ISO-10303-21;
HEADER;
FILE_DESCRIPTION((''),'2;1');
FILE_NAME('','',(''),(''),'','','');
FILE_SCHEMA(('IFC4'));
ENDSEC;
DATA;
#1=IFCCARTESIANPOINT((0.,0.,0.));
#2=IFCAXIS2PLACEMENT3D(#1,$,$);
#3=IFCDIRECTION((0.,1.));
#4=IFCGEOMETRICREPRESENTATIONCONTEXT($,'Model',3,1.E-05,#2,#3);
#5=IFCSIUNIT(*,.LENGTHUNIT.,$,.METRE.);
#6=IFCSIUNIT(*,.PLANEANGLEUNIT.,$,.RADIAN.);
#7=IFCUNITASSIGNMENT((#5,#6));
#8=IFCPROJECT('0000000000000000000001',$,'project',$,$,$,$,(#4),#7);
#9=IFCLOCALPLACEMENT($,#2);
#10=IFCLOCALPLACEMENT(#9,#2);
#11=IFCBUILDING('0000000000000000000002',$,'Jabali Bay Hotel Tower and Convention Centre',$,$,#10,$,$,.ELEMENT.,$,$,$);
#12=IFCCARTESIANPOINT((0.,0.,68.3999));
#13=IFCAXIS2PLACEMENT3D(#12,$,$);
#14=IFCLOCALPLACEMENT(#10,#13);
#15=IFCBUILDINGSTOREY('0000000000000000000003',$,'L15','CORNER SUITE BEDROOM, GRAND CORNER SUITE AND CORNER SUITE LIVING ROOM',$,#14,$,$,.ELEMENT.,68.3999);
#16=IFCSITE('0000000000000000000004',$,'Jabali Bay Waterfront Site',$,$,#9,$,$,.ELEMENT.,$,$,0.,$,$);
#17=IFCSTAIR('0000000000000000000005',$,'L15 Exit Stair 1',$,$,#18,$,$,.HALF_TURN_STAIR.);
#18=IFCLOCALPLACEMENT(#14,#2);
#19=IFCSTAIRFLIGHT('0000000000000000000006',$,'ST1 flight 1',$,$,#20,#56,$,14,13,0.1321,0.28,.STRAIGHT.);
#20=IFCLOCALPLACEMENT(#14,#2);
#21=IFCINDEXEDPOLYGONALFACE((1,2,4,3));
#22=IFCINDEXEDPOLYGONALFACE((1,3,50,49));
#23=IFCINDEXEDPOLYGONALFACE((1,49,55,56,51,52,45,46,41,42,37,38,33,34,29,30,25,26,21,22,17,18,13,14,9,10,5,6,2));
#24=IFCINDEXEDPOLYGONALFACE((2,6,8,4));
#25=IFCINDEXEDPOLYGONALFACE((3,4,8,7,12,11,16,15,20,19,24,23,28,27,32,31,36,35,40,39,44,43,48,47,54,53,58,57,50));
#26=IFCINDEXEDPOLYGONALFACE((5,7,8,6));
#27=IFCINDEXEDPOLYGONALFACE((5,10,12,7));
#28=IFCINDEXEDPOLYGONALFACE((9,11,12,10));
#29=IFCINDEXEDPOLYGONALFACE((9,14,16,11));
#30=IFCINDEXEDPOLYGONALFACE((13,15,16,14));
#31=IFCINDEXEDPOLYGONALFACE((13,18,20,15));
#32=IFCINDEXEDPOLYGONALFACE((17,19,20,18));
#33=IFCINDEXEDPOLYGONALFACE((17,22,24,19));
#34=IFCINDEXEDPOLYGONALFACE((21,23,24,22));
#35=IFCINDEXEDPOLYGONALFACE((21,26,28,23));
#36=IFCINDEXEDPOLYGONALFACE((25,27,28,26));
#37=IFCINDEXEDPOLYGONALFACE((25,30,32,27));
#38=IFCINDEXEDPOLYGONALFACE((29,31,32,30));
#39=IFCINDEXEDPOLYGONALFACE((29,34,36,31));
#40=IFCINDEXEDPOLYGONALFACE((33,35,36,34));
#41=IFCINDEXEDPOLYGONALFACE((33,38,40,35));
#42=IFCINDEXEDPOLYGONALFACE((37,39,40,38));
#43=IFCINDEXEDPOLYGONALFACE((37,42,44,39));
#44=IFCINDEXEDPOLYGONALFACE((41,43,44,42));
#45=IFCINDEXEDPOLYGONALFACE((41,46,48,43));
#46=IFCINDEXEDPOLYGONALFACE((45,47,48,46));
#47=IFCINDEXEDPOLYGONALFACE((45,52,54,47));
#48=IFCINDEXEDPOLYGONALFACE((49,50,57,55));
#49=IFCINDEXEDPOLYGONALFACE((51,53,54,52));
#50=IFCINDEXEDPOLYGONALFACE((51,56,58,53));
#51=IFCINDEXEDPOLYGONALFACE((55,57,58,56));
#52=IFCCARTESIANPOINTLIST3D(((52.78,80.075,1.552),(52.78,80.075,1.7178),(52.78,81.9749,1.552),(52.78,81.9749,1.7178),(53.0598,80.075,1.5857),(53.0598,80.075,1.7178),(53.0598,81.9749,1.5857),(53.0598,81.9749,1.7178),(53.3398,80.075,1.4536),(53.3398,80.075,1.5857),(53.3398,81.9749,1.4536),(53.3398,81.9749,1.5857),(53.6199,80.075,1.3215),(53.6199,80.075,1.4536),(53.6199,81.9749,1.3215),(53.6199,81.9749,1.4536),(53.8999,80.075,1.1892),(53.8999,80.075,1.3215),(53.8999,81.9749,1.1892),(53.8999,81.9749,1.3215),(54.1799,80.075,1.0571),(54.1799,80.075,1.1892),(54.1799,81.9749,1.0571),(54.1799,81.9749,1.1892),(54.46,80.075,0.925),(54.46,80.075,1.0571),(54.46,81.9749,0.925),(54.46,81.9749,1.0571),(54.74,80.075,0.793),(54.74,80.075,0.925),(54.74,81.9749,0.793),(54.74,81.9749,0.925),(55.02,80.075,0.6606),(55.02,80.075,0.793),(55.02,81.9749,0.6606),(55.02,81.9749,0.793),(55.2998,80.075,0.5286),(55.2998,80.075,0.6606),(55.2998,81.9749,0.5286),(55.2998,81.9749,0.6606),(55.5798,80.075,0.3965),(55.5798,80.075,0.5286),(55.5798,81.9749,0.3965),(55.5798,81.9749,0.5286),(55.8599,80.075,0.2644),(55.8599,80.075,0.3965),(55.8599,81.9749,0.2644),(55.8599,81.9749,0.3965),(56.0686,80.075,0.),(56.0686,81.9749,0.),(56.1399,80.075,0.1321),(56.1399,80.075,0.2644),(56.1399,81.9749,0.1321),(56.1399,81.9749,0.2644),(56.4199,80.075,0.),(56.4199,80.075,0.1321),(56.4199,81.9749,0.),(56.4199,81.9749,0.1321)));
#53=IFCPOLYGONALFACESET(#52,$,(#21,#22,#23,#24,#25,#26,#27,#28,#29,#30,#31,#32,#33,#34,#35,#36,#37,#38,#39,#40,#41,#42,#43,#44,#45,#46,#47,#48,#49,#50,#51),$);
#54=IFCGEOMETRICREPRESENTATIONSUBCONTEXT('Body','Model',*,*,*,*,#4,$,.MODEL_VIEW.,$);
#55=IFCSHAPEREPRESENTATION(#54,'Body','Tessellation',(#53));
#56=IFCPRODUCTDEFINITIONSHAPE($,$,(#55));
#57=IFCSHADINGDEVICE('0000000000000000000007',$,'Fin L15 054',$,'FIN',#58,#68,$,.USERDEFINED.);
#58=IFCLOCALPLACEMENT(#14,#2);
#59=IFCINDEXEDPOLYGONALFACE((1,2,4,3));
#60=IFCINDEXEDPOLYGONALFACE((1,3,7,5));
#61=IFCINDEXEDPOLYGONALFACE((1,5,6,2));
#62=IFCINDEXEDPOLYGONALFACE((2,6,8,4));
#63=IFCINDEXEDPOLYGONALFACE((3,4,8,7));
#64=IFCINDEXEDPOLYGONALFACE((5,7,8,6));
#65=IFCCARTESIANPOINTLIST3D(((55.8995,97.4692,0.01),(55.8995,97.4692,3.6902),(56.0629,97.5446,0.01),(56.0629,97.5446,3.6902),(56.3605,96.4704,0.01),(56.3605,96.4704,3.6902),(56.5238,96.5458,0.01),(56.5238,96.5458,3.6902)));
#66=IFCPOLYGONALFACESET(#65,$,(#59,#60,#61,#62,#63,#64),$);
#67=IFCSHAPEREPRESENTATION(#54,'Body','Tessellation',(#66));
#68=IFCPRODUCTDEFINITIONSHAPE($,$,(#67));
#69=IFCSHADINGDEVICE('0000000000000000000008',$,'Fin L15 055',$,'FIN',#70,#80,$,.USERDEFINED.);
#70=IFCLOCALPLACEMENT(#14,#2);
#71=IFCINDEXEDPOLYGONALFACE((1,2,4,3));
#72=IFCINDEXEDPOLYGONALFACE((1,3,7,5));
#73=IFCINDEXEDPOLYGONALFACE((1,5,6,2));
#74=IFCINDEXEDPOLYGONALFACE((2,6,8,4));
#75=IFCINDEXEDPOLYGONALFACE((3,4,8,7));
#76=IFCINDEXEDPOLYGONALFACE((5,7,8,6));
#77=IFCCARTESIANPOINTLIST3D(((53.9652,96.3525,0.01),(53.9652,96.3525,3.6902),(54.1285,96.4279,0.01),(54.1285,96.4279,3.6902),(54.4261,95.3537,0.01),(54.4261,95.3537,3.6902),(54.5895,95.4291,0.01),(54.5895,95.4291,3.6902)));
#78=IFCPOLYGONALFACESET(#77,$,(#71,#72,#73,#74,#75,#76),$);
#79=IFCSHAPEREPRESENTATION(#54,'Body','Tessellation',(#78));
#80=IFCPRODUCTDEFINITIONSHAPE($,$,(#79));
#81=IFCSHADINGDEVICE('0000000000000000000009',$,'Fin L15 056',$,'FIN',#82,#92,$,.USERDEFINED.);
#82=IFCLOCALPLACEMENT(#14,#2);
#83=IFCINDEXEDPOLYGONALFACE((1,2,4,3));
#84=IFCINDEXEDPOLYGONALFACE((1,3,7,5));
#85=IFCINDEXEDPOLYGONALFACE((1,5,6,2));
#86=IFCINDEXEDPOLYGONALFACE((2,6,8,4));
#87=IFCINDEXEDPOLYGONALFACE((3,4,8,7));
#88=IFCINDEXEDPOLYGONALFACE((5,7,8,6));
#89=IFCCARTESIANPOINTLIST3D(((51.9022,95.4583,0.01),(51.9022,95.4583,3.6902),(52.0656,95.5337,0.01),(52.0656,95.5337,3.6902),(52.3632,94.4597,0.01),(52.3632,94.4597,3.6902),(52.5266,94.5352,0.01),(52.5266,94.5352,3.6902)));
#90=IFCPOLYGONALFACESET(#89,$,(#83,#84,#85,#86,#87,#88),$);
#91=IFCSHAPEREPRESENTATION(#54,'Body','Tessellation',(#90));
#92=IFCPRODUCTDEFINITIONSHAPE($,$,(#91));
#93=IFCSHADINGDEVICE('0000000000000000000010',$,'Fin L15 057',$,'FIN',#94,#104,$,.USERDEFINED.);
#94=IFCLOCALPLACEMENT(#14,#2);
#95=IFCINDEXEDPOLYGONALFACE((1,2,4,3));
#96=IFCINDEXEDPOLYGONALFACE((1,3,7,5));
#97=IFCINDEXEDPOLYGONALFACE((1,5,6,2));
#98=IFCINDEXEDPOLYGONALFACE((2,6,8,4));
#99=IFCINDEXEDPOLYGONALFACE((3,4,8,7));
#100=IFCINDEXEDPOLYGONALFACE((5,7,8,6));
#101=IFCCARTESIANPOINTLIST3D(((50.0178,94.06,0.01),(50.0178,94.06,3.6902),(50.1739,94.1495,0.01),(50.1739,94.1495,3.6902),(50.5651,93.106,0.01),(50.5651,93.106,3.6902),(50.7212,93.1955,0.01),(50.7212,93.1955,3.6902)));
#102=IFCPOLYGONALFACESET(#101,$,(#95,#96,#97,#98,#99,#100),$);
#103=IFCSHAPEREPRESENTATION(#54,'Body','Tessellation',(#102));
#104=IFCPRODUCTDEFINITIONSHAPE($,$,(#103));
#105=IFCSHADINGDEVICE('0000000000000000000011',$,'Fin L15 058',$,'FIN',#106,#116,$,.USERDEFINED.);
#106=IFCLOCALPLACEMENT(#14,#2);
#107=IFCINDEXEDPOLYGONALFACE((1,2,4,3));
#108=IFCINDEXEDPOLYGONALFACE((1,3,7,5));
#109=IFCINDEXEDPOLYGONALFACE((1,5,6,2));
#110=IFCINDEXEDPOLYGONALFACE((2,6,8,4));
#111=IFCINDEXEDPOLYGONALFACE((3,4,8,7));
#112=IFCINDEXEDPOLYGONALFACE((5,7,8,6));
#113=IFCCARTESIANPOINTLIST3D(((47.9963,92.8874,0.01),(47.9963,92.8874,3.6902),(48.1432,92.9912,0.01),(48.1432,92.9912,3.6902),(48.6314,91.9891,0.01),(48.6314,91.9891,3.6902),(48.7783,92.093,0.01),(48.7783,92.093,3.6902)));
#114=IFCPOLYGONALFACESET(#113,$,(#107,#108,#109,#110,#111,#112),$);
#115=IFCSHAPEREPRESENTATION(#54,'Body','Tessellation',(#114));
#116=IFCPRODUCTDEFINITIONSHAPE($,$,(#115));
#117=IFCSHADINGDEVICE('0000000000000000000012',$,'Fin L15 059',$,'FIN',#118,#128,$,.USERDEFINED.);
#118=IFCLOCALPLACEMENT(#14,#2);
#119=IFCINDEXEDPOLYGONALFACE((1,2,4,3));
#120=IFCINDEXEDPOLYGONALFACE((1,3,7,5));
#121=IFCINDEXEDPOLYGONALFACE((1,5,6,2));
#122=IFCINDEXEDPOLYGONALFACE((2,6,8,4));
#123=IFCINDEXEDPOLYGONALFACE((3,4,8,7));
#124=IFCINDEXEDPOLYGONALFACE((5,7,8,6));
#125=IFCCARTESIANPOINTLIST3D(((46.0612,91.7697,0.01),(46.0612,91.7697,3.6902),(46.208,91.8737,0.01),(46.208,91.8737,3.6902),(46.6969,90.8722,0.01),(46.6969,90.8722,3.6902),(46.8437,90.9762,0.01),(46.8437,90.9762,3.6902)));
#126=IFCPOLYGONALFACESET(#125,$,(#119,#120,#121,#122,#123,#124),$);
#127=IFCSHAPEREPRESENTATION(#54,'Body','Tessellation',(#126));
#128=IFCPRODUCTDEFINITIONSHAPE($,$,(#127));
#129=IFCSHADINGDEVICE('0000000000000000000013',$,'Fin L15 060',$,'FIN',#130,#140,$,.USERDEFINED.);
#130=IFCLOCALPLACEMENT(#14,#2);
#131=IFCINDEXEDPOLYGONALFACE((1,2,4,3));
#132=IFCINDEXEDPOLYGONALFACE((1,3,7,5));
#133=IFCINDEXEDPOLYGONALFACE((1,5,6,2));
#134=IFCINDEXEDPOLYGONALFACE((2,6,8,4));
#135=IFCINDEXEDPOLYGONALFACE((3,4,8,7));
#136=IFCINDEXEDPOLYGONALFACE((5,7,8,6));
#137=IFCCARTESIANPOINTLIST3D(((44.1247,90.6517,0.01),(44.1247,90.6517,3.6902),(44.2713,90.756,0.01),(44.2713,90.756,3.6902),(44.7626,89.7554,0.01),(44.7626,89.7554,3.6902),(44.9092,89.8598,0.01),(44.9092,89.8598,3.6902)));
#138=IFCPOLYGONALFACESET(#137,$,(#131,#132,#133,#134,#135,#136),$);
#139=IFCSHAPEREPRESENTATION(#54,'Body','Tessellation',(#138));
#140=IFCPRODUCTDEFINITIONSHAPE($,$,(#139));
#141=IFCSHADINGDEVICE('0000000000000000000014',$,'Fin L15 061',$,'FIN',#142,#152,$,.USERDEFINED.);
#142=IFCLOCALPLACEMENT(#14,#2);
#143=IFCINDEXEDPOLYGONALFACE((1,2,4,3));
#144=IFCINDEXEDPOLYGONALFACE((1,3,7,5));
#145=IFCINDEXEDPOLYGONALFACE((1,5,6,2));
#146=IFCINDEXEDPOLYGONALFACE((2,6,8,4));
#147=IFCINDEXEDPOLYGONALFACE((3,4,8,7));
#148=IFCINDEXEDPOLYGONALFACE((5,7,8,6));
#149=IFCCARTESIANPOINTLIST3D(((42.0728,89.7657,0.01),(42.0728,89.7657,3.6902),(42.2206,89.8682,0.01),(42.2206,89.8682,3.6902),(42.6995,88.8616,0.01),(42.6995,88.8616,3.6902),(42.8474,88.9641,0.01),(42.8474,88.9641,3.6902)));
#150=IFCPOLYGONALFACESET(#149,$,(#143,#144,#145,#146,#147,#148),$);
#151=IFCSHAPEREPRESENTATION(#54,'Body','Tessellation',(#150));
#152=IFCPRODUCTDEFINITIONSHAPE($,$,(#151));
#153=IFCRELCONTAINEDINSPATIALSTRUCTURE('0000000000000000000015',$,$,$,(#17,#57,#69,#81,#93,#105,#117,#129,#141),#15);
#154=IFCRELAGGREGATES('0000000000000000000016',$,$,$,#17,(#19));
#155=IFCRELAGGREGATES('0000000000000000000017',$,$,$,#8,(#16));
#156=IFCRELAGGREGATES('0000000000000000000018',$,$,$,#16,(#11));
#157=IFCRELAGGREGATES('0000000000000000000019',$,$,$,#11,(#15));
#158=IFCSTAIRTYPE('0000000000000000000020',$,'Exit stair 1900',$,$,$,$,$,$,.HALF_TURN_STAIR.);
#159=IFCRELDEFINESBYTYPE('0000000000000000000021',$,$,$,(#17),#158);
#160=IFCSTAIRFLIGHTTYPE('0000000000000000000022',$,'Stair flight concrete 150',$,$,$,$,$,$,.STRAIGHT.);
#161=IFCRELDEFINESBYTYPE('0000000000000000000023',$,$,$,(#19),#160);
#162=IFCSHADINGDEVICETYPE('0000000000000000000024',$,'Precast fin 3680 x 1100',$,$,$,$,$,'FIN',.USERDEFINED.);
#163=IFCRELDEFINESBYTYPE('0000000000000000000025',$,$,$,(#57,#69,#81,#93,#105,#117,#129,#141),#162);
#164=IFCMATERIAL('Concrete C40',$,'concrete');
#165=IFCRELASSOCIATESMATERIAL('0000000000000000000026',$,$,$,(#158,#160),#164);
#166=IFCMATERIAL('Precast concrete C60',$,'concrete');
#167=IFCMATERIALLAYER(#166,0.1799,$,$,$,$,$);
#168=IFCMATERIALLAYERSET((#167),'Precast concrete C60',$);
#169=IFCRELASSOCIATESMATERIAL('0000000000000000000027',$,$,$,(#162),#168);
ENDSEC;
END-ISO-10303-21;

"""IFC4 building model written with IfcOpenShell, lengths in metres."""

from ifc_helpers import new_model, si_unit, direction, frame, frame_2d, origin, place, context, subcontext, project, spatial, polyline, rectangle, outline, extrude, material, layer, layer_set, type_object, element, aggregate, save


model = new_model("IFC4")

# Units and contexts
model_context = context("Model", 3, precision=1e-05, world=origin(), true_north=direction((0.0, 1.0)))
body_context = subcontext(model_context, "Body", "Model", "MODEL_VIEW")
ifc_project = project(units=[si_unit("LENGTHUNIT", "METRE"), si_unit("PLANEANGLEUNIT", "RADIAN")], contexts=[model_context])

# Site, building, storey
site_placement = place(None, origin())
site = spatial("IfcSite", under=ifc_project, at=site_placement, Name="Jabali Bay Waterfront Site", CompositionType="ELEMENT", RefElevation=0.0)
building_placement = place(site_placement, origin())
building = spatial("IfcBuilding", under=site, at=building_placement, Name="Jabali Bay Hotel Tower and Convention Centre", CompositionType="ELEMENT")
storey_placement = place(building_placement, frame((0.0, 0.0, 68.3999)))
storey = spatial("IfcBuildingStorey", under=building, at=storey_placement, Name="L15", Description="CORNER SUITE BEDROOM, GRAND CORNER SUITE AND CORNER SUITE LIVING ROOM", CompositionType="ELEMENT", Elevation=68.3999)

# Shared definitions
ifc_material_1 = material(Name="Concrete C40", Category="concrete")

# Stair, stair flight
stair_type = type_object("IfcStairType", Name="Exit stair 1900", PredefinedType="HALF_TURN_STAIR", material=ifc_material_1)
stair_placement = place(storey_placement, origin())
stair = element("IfcStair", 1, at=stair_placement, inside=storey, type_object=stair_type, Name="L15 Exit Stair 1", PredefinedType="HALF_TURN_STAIR")
stair_flight_type = type_object("IfcStairFlightType", Name="Stair flight concrete 150", PredefinedType="STRAIGHT", material=ifc_material_1)
stair_flight_placement = place(storey_placement, frame((56.4199, 81.0249, 0.0), z_axis=(0.0, 0.0, 1.0), x_axis=(-1.0, 0.0, 0.0)))
stair_flight = element("IfcStairFlight", 2, at=stair_flight_placement, type_object=stair_flight_type, Name="ST1 flight 1", NumberOfRisers=14, NumberOfTreads=13, PredefinedType="STRAIGHT", RiserHeight=0.1321, TreadLength=0.28, context=body_context, shape_type="SweptSolid", body=[
    extrude(outline(polyline([(0.0, 0.0), (0.0, 0.1321), (0.28, 0.1321), (0.28, 0.2644), (0.5601, 0.2644), (0.5601, 0.3965), (0.8401, 0.3965), (0.8401, 0.5286), (1.1201, 0.5286), (1.1201, 0.6606), (1.3999, 0.6606), (1.3999, 0.793), (1.6799, 0.793), (1.6799, 0.925), (1.96, 0.925), (1.96, 1.0571), (2.24, 1.0571), (2.24, 1.1892), (2.52, 1.1892), (2.52, 1.3215), (2.8, 1.3215), (2.8, 1.4536), (3.0801, 1.4536), (3.0801, 1.5857), (3.3601, 1.5857), (3.3601, 1.7178), (3.6399, 1.7178), (3.6399, 1.8501), (3.6399, 1.552), (0.3513, 0.0), (0.0, 0.0)])), frame((0.0, 0.95, 0.0), z_axis=(0.0, -1.0, 0.0), x_axis=(1.0, 0.0, 0.0)), (0.0, 0.0, 1.0), 1.8999),
])
aggregate(stair, [stair_flight])

# Shading devices
ifc_material_2 = material(Name="Precast concrete C60", Category="concrete")
ifc_layer_1 = layer(ifc_material_2, 0.1799)
ifc_layer_set_1 = layer_set([ifc_layer_1], Name="Precast concrete C60")
shading_device_type = type_object("IfcShadingDeviceType", Name="Precast fin 3680 x 1100", ElementType="FIN", PredefinedType="USERDEFINED", material=ifc_layer_set_1)
for number, where, z_axis, x_axis, name in (
    (3, (56.4421, 96.5081, 0.01), (0.0, 0.0, 1.0), (-0.41903, 0.907972, 0.0), "Fin L15 054"),
    (4, (54.5078, 95.3914, 0.01), (0.0, 0.0, 1.0), (-0.41903, 0.907972, 0.0), "Fin L15 055"),
):
    element("IfcShadingDevice", number, at=place(storey_placement, frame(where, z_axis=z_axis, x_axis=x_axis)), inside=storey, type_object=shading_device_type, Name=name, ObjectType="FIN", PredefinedType="USERDEFINED", context=body_context, shape_type="SweptSolid", body=[
        extrude(rectangle(XDim=1.1001, YDim=0.1799, at=frame_2d((0.55, 0.0))), origin(), (0.0, 0.0, 1.0), 3.6802),
    ])
for number, where, z_axis, x_axis, name in (
    (5, (52.4448, 94.4976, 0.01), (0.0, 0.0, 1.0), (-0.419114, 0.907933, 0.0), "Fin L15 056"),
    (6, (50.6431, 93.1509, 0.01), (0.0, 0.0, 1.0), (-0.49762, 0.867395, 0.0), "Fin L15 057"),
):
    element("IfcShadingDevice", number, at=place(storey_placement, frame(where, z_axis=z_axis, x_axis=x_axis)), inside=storey, type_object=shading_device_type, Name=name, ObjectType="FIN", PredefinedType="USERDEFINED", context=body_context, shape_type="SweptSolid", body=[
        extrude(rectangle(XDim=1.0999, YDim=0.1799, at=frame_2d((0.5498, 0.0))), origin(), (0.0, 0.0, 1.0), 3.6802),
    ])
shading_device_1_placement = place(storey_placement, frame((48.7048, 92.041, 0.01), z_axis=(0.0, 0.0, 1.0), x_axis=(-0.577284, 0.816543, 0.0)))
element("IfcShadingDevice", 7, at=shading_device_1_placement, inside=storey, type_object=shading_device_type, Name="Fin L15 058", ObjectType="FIN", PredefinedType="USERDEFINED", context=body_context, shape_type="SweptSolid", body=[
    extrude(rectangle(XDim=1.1001, YDim=0.1799, at=frame_2d((0.55, 0.0))), origin(), (0.0, 0.0, 1.0), 3.6802),
])
shading_device_2_placement = place(storey_placement, frame((46.7703, 90.9243, 0.01), z_axis=(0.0, 0.0, 1.0), x_axis=(-0.578042, 0.816007, 0.0)))
element("IfcShadingDevice", 8, at=shading_device_2_placement, inside=storey, type_object=shading_device_type, Name="Fin L15 059", ObjectType="FIN", PredefinedType="USERDEFINED", context=body_context, shape_type="SweptSolid", body=[
    extrude(rectangle(XDim=1.0999, YDim=0.1799, at=frame_2d((0.5498, 0.0))), origin(), (0.0, 0.0, 1.0), 3.6802),
])
for number, where, z_axis, x_axis, name in (
    (9, (44.8359, 89.8076, 0.01), (0.0, 0.0, 1.0), (-0.579894, 0.814692, 0.0), "Fin L15 060"),
    (10, (42.7734, 88.9128, 0.01), (0.0, 0.0, 1.0), (-0.569718, 0.82184, 0.0), "Fin L15 061"),
):
    element("IfcShadingDevice", number, at=place(storey_placement, frame(where, z_axis=z_axis, x_axis=x_axis)), inside=storey, type_object=shading_device_type, Name=name, ObjectType="FIN", PredefinedType="USERDEFINED", context=body_context, shape_type="SweptSolid", body=[
        extrude(rectangle(XDim=1.1001, YDim=0.1799, at=frame_2d((0.55, 0.0))), origin(), (0.0, 0.0, 1.0), 3.6802),
    ])

save(model, "model.ifc")
